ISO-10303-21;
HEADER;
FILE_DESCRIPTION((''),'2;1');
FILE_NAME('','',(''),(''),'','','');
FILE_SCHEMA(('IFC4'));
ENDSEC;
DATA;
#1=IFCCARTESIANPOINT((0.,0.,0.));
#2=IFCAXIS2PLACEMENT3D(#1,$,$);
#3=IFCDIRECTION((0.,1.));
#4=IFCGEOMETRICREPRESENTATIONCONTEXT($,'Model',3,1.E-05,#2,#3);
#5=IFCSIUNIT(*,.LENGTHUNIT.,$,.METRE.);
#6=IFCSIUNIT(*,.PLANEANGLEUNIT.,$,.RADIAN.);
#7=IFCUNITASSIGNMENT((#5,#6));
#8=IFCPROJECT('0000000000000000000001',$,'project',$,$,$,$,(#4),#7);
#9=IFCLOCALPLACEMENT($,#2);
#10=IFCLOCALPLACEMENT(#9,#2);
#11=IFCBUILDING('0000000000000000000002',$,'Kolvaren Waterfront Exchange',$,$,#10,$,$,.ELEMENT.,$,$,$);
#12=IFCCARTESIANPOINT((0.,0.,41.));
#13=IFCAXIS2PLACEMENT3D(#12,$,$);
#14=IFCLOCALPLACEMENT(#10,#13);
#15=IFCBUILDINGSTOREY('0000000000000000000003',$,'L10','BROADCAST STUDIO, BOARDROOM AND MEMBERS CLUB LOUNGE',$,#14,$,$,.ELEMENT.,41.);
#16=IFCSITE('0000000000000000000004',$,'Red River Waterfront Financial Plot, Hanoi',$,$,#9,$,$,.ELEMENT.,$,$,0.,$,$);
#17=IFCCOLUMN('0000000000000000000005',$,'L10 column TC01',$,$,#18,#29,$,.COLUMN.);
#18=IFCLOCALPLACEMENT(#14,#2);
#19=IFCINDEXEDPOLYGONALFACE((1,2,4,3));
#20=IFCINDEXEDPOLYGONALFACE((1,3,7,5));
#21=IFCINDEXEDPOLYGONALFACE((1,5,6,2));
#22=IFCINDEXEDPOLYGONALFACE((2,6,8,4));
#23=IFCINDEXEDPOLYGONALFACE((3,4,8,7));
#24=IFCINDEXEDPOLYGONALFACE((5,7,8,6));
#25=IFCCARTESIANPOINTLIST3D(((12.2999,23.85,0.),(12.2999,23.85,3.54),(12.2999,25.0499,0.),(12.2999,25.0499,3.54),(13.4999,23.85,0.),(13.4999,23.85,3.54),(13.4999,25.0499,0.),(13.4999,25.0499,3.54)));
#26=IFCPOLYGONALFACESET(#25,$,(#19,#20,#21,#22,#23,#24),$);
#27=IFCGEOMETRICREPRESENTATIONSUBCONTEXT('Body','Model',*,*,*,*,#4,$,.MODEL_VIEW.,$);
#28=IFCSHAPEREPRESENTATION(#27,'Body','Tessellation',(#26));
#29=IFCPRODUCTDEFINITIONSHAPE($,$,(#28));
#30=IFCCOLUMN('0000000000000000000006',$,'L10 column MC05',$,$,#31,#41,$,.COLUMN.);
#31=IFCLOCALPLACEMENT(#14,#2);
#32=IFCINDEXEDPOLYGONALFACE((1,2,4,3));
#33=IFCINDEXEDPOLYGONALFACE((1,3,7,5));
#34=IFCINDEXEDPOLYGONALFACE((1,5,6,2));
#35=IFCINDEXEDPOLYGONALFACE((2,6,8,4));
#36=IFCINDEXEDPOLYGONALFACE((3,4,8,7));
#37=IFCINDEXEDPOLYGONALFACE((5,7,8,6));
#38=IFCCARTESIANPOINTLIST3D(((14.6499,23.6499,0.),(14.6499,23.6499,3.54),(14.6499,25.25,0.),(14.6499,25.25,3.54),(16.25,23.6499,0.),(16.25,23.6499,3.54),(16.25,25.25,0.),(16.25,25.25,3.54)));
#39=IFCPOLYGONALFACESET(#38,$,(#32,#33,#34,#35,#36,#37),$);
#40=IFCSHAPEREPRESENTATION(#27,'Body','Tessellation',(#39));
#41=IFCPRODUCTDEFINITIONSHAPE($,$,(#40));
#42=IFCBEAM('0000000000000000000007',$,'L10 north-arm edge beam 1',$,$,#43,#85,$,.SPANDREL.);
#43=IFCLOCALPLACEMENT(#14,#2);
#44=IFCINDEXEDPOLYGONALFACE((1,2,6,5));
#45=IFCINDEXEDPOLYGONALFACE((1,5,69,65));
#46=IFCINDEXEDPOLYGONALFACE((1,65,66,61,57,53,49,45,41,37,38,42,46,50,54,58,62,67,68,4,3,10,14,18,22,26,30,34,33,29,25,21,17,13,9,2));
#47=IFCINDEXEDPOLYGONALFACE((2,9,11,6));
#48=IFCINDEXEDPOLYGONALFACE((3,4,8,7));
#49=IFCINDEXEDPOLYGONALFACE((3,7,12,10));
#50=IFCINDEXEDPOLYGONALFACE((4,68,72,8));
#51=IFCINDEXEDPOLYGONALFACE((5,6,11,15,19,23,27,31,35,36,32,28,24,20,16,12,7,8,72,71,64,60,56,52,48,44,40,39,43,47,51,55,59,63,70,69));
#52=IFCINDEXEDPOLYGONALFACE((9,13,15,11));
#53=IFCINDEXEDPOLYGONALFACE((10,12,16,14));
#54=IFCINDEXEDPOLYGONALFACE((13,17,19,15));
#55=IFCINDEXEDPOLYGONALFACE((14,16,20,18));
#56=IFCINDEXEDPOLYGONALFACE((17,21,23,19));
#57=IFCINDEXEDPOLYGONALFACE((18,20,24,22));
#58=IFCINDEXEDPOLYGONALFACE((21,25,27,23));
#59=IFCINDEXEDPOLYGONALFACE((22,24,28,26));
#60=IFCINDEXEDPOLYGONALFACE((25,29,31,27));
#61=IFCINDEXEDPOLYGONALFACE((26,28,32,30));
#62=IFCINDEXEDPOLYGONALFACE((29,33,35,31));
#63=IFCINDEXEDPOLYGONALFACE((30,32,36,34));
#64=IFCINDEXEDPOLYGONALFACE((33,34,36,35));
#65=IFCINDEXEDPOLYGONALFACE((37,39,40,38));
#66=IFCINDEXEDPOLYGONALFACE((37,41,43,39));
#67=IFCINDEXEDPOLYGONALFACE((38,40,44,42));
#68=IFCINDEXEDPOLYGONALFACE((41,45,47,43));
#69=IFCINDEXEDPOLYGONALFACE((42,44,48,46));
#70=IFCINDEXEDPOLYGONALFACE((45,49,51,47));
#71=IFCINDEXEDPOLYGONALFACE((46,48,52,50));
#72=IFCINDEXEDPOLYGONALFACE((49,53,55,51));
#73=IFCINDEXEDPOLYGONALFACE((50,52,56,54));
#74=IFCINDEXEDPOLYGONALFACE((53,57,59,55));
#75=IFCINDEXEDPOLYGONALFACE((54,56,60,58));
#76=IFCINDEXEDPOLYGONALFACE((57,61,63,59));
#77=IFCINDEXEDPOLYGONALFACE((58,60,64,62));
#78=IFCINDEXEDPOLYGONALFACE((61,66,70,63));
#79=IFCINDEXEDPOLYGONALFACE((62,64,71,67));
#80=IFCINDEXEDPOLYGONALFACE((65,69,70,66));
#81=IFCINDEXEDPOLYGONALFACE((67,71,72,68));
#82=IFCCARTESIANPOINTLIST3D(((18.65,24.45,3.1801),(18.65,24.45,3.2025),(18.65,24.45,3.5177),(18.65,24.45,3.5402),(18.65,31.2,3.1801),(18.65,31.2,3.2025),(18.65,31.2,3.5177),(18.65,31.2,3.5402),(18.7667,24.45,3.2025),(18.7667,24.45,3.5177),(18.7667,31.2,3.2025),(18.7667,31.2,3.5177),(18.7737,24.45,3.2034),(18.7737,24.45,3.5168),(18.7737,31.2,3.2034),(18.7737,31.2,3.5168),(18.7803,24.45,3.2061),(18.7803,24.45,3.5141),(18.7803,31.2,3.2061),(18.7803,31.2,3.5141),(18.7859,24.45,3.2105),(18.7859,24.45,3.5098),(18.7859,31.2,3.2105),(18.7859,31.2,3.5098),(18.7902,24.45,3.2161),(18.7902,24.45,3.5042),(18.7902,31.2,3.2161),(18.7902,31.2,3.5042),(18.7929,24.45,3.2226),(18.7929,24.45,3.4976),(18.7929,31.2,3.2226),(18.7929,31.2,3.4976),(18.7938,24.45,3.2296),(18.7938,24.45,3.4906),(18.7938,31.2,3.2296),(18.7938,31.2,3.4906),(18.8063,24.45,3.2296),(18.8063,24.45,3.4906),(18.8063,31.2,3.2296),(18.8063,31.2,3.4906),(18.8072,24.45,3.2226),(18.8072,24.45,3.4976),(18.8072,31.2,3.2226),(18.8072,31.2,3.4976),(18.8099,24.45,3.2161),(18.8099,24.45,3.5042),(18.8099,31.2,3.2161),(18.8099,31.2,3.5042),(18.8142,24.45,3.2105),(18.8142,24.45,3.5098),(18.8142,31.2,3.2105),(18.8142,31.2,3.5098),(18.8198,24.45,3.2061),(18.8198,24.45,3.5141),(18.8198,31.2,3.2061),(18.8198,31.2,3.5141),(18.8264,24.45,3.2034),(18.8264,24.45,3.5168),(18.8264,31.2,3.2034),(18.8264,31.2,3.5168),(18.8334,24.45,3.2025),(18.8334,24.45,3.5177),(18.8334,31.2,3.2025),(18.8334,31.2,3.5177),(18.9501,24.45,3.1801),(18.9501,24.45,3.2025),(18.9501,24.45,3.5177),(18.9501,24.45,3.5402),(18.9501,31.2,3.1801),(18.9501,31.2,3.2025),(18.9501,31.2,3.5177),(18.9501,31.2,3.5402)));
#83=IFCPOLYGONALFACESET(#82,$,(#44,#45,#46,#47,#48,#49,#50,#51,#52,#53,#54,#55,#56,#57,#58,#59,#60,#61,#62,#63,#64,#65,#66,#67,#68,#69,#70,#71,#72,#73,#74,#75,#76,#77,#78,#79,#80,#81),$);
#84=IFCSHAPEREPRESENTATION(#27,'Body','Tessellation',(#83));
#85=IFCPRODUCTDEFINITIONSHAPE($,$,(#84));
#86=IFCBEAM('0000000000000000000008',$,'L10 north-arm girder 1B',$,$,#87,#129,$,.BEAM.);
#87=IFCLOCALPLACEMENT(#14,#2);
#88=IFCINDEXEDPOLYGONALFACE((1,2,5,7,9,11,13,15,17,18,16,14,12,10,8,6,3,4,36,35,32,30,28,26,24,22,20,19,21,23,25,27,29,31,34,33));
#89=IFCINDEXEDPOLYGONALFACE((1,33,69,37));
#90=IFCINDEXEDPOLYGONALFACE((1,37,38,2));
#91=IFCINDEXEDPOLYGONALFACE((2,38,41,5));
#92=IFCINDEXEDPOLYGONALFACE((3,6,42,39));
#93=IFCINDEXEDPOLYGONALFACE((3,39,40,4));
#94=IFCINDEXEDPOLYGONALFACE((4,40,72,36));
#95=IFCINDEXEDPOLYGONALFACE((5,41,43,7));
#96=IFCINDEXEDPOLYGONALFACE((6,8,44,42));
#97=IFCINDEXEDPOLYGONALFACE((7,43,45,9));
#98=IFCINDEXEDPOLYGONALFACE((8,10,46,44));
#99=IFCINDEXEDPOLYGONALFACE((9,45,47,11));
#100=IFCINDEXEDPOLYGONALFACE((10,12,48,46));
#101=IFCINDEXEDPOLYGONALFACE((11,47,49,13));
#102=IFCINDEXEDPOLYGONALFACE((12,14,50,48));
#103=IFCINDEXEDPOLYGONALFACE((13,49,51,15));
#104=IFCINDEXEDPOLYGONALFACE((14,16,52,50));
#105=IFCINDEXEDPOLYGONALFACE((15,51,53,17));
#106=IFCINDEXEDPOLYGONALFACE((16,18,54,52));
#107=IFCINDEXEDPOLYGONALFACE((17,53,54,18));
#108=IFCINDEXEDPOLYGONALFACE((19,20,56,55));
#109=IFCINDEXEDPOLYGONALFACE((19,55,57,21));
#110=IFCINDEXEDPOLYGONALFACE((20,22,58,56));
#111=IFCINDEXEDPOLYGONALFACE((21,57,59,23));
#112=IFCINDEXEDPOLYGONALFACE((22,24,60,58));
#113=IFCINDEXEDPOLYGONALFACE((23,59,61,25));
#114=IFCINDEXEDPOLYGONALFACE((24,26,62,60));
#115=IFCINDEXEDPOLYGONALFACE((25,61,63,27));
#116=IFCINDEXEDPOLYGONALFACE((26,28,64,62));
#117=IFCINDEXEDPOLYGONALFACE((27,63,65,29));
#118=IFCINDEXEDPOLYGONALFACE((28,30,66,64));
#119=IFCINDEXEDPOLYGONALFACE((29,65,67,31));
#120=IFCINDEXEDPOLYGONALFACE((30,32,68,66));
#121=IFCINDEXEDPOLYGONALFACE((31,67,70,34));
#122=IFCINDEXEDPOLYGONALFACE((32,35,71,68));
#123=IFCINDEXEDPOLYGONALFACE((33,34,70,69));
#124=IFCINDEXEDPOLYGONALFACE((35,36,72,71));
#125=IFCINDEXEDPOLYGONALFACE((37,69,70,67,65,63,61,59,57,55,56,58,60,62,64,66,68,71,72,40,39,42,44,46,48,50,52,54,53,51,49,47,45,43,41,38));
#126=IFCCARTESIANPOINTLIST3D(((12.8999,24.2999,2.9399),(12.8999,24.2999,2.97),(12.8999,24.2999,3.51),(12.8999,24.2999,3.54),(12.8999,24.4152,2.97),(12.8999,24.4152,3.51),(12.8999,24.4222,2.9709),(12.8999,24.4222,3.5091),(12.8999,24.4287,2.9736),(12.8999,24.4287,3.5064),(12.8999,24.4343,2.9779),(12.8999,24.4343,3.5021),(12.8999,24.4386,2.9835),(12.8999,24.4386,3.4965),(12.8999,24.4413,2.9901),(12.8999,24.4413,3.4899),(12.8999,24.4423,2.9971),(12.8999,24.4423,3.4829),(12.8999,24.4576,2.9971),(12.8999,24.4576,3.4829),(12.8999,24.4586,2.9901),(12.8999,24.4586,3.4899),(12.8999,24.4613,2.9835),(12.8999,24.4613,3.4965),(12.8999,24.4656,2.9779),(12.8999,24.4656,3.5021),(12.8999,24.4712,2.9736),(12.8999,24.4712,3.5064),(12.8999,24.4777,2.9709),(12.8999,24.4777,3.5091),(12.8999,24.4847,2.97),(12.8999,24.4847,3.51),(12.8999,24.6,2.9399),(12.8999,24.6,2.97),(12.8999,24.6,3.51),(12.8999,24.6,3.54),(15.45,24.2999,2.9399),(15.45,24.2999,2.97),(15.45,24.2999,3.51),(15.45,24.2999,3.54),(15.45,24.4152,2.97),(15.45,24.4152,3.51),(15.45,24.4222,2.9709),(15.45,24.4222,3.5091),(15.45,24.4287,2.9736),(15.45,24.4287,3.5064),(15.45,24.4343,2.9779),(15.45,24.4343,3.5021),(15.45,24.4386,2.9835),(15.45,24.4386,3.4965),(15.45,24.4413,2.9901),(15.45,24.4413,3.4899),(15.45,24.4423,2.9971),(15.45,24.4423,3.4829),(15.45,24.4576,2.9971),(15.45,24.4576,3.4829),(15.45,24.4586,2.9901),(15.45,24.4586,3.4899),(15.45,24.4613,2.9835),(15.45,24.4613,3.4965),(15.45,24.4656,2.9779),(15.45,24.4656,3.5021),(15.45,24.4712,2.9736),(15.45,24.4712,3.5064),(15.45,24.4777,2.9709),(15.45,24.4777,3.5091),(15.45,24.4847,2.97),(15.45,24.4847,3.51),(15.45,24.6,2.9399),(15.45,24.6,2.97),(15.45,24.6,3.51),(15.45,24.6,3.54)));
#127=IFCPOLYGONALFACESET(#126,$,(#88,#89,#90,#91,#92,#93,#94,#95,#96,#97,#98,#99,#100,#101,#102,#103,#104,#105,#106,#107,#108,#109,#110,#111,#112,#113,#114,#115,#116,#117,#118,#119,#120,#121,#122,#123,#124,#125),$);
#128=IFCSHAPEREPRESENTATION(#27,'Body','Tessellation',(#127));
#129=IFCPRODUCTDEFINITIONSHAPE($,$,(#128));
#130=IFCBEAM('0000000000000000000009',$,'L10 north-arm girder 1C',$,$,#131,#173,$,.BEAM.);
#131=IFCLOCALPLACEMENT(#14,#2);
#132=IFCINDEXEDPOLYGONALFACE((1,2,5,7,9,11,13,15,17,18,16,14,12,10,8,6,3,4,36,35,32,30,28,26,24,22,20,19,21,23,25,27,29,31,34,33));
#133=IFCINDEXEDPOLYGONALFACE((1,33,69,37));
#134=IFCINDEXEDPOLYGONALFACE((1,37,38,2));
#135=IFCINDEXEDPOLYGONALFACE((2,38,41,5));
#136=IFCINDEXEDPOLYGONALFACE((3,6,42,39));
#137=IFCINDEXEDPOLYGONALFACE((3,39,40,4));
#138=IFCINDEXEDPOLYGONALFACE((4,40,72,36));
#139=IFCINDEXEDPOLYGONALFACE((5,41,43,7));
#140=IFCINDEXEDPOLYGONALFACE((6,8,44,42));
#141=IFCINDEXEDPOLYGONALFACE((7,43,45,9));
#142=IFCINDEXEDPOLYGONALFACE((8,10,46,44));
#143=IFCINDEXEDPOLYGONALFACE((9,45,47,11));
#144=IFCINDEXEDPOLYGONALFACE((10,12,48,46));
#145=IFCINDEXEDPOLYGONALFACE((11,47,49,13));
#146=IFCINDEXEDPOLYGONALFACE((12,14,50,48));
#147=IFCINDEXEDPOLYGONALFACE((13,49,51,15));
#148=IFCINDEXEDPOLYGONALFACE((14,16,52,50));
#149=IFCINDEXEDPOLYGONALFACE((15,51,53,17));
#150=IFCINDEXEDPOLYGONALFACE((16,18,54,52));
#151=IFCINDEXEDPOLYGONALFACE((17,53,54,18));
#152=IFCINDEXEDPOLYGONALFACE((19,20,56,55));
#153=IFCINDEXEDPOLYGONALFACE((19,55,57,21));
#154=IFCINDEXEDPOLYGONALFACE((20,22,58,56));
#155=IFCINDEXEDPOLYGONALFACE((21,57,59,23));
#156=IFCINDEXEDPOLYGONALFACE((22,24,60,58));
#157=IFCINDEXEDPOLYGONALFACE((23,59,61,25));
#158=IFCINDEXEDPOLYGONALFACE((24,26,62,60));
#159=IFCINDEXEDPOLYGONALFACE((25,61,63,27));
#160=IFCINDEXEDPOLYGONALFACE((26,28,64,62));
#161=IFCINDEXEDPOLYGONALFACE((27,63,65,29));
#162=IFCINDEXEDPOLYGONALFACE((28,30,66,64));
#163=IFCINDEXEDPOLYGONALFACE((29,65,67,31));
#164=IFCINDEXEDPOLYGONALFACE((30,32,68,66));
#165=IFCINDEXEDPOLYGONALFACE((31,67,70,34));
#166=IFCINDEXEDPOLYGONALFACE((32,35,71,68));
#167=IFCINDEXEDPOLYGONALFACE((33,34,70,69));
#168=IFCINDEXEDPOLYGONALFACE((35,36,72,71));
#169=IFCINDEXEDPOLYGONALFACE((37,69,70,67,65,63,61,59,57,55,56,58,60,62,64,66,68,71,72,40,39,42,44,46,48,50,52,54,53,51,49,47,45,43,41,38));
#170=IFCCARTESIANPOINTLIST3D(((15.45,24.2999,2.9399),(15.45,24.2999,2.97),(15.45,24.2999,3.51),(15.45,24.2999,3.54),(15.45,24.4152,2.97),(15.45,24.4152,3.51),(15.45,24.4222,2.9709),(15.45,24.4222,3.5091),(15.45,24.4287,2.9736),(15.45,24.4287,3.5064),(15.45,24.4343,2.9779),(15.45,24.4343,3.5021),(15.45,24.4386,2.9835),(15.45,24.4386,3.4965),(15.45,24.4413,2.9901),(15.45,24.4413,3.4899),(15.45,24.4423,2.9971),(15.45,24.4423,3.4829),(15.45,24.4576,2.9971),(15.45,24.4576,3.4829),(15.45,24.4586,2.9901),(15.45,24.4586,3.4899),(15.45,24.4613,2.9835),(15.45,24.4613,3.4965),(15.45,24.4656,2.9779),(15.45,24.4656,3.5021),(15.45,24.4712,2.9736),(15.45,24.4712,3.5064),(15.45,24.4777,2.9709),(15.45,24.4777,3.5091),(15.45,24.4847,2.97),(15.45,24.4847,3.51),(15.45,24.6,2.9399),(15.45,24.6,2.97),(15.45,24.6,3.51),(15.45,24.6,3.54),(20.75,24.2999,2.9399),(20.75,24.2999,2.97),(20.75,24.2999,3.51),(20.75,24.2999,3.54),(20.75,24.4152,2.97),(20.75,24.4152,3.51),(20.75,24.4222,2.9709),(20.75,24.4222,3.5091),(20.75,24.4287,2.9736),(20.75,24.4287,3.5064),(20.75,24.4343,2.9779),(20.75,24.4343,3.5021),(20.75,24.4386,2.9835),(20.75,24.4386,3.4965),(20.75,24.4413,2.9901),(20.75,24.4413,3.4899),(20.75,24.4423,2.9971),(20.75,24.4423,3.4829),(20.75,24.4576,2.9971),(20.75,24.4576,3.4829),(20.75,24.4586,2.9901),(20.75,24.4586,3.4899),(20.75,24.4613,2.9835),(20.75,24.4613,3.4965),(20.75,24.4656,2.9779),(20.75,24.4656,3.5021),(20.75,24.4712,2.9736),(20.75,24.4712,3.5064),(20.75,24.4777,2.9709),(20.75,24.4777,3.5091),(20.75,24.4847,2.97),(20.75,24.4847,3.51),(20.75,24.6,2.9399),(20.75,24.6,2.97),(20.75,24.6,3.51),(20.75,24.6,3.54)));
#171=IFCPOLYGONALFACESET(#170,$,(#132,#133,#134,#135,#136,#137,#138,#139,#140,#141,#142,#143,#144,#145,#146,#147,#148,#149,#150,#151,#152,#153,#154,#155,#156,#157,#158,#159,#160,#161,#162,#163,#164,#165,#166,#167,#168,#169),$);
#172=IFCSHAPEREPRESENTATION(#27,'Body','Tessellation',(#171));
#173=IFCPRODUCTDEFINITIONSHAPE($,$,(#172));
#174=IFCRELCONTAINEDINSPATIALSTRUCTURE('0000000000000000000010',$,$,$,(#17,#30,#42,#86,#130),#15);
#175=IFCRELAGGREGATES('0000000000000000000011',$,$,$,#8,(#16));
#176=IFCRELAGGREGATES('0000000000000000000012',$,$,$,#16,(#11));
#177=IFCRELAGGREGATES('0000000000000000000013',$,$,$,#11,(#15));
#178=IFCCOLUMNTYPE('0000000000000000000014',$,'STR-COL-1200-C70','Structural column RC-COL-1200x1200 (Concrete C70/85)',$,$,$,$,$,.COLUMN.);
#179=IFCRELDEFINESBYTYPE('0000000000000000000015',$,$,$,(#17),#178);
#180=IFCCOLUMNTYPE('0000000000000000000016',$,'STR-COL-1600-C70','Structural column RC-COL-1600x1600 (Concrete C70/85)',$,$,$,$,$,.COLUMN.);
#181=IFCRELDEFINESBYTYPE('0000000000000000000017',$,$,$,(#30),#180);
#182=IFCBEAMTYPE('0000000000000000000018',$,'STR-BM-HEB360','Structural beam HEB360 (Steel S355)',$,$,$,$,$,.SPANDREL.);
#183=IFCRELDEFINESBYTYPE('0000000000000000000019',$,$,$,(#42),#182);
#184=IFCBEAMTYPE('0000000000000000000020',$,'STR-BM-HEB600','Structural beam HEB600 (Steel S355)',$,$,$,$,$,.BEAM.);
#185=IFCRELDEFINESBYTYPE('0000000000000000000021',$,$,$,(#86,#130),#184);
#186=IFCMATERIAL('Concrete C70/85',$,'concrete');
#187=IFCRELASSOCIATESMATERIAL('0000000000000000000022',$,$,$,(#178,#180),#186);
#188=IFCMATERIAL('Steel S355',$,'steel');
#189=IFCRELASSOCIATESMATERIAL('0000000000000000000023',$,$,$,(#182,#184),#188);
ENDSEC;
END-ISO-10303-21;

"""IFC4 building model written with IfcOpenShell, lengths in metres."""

from ifc_helpers import new_model, si_unit, direction, frame, origin, origin_2d, place, context, subcontext, project, spatial, rectangle, i_section, extrude, material, material_profile, profile_set, type_object, element, save


model = new_model("IFC4")

# Units and contexts
model_context = context("Model", 3, precision=1e-05, world=origin(), true_north=direction((0.0, 1.0)))
body_context = subcontext(model_context, "Body", "Model", "MODEL_VIEW")
ifc_project = project(units=[si_unit("LENGTHUNIT", "METRE"), si_unit("PLANEANGLEUNIT", "RADIAN")], contexts=[model_context])

# Site, building, storey
site_placement = place(None, origin())
site = spatial("IfcSite", under=ifc_project, at=site_placement, Name="Red River Waterfront Financial Plot, Hanoi", CompositionType="ELEMENT", RefElevation=0.0)
building_placement = place(site_placement, origin())
building = spatial("IfcBuilding", under=site, at=building_placement, Name="Kolvaren Waterfront Exchange", CompositionType="ELEMENT")
storey_placement = place(building_placement, frame((0.0, 0.0, 41.0)))
storey = spatial("IfcBuildingStorey", under=building, at=storey_placement, Name="L10", Description="BROADCAST STUDIO, BOARDROOM AND MEMBERS CLUB LOUNGE", CompositionType="ELEMENT", Elevation=41.0)

# Columns
ifc_material_1 = material(Name="Concrete C70/85", Category="concrete")
ifc_material_profile_1 = material_profile(ifc_material_1, rectangle(XDim=1.2, YDim=1.2, at=origin_2d()), Name="RC-COL-1200x1200")
ifc_profile_set_1 = profile_set([ifc_material_profile_1], Name="Concrete C70/85")
column_type_1 = type_object("IfcColumnType", Name="STR-COL-1200-C70", Description="Structural column RC-COL-1200x1200 (Concrete C70/85)", PredefinedType="COLUMN", material=ifc_profile_set_1)
column_1_placement = place(storey_placement, frame((12.8999, 24.45, 0.0), z_axis=(0.0, 0.0, 1.0), x_axis=(1.0, 0.0, 0.0)))
element("IfcColumn", 1, at=column_1_placement, inside=storey, type_object=column_type_1, Name="L10 column TC01", PredefinedType="COLUMN", context=body_context, shape_type="SweptSolid", body=[
    extrude(rectangle(XDim=1.2, YDim=1.2, at=origin_2d()), origin(), (0.0, 0.0, 1.0), 3.54),
])
ifc_material_profile_2 = material_profile(ifc_material_1, rectangle(XDim=1.6001, YDim=1.6001, at=origin_2d()), Name="RC-COL-1600x1600")
ifc_profile_set_2 = profile_set([ifc_material_profile_2], Name="Concrete C70/85")
column_type_2 = type_object("IfcColumnType", Name="STR-COL-1600-C70", Description="Structural column RC-COL-1600x1600 (Concrete C70/85)", PredefinedType="COLUMN", material=ifc_profile_set_2)
column_2_placement = place(storey_placement, frame((15.45, 24.45, 0.0), z_axis=(0.0, 0.0, 1.0), x_axis=(1.0, 0.0, 0.0)))
element("IfcColumn", 2, at=column_2_placement, inside=storey, type_object=column_type_2, Name="L10 column MC05", PredefinedType="COLUMN", context=body_context, shape_type="SweptSolid", body=[
    extrude(rectangle(XDim=1.6001, YDim=1.6001, at=origin_2d()), origin(), (0.0, 0.0, 1.0), 3.54),
])

# Beams
ifc_material_2 = material(Name="Steel S355", Category="steel")
ifc_material_profile_3 = material_profile(ifc_material_2, i_section(OverallWidth=0.3, OverallDepth=0.3601, WebThickness=0.0125, FlangeThickness=0.0225, FilletRadius=0.0271, at=origin_2d()), Name="HEB360")
ifc_profile_set_3 = profile_set([ifc_material_profile_3], Name="Steel S355")
beam_type_1 = type_object("IfcBeamType", Name="STR-BM-HEB360", Description="Structural beam HEB360 (Steel S355)", PredefinedType="SPANDREL", material=ifc_profile_set_3)
beam_1_placement = place(storey_placement, frame((18.8, 24.45, 3.3601), z_axis=(0.0, 1.0, 0.0), x_axis=(-1.0, 0.0, 0.0)))
element("IfcBeam", 3, at=beam_1_placement, inside=storey, type_object=beam_type_1, Name="L10 north-arm edge beam 1", PredefinedType="SPANDREL", context=body_context, shape_type="SweptSolid", body=[
    extrude(i_section(OverallWidth=0.3, OverallDepth=0.3601, WebThickness=0.0125, FlangeThickness=0.0225, FilletRadius=0.0271, at=origin_2d()), origin(), (0.0, 0.0, 1.0), 6.75),
])
ifc_material_profile_4 = material_profile(ifc_material_2, i_section(OverallWidth=0.3, OverallDepth=0.6001, WebThickness=0.0154, FlangeThickness=0.03, FilletRadius=0.0271, at=origin_2d()), Name="HEB600")
ifc_profile_set_4 = profile_set([ifc_material_profile_4], Name="Steel S355")
beam_type_2 = type_object("IfcBeamType", Name="STR-BM-HEB600", Description="Structural beam HEB600 (Steel S355)", PredefinedType="BEAM", material=ifc_profile_set_4)
beam_2_placement = place(storey_placement, frame((12.8999, 24.45, 3.24), z_axis=(1.0, 0.0, 0.0), x_axis=(0.0, 1.0, 0.0)))
element("IfcBeam", 4, at=beam_2_placement, inside=storey, type_object=beam_type_2, Name="L10 north-arm girder 1B", PredefinedType="BEAM", context=body_context, shape_type="SweptSolid", body=[
    extrude(i_section(OverallWidth=0.3, OverallDepth=0.6001, WebThickness=0.0154, FlangeThickness=0.03, FilletRadius=0.0271, at=origin_2d()), origin(), (0.0, 0.0, 1.0), 2.55),
])
beam_3_placement = place(storey_placement, frame((15.45, 24.45, 3.24), z_axis=(1.0, 0.0, 0.0), x_axis=(0.0, 1.0, 0.0)))
element("IfcBeam", 5, at=beam_3_placement, inside=storey, type_object=beam_type_2, Name="L10 north-arm girder 1C", PredefinedType="BEAM", context=body_context, shape_type="SweptSolid", body=[
    extrude(i_section(OverallWidth=0.3, OverallDepth=0.6001, WebThickness=0.0154, FlangeThickness=0.03, FilletRadius=0.0271, at=origin_2d()), origin(), (0.0, 0.0, 1.0), 5.3),
])

save(model, "model.ifc")
